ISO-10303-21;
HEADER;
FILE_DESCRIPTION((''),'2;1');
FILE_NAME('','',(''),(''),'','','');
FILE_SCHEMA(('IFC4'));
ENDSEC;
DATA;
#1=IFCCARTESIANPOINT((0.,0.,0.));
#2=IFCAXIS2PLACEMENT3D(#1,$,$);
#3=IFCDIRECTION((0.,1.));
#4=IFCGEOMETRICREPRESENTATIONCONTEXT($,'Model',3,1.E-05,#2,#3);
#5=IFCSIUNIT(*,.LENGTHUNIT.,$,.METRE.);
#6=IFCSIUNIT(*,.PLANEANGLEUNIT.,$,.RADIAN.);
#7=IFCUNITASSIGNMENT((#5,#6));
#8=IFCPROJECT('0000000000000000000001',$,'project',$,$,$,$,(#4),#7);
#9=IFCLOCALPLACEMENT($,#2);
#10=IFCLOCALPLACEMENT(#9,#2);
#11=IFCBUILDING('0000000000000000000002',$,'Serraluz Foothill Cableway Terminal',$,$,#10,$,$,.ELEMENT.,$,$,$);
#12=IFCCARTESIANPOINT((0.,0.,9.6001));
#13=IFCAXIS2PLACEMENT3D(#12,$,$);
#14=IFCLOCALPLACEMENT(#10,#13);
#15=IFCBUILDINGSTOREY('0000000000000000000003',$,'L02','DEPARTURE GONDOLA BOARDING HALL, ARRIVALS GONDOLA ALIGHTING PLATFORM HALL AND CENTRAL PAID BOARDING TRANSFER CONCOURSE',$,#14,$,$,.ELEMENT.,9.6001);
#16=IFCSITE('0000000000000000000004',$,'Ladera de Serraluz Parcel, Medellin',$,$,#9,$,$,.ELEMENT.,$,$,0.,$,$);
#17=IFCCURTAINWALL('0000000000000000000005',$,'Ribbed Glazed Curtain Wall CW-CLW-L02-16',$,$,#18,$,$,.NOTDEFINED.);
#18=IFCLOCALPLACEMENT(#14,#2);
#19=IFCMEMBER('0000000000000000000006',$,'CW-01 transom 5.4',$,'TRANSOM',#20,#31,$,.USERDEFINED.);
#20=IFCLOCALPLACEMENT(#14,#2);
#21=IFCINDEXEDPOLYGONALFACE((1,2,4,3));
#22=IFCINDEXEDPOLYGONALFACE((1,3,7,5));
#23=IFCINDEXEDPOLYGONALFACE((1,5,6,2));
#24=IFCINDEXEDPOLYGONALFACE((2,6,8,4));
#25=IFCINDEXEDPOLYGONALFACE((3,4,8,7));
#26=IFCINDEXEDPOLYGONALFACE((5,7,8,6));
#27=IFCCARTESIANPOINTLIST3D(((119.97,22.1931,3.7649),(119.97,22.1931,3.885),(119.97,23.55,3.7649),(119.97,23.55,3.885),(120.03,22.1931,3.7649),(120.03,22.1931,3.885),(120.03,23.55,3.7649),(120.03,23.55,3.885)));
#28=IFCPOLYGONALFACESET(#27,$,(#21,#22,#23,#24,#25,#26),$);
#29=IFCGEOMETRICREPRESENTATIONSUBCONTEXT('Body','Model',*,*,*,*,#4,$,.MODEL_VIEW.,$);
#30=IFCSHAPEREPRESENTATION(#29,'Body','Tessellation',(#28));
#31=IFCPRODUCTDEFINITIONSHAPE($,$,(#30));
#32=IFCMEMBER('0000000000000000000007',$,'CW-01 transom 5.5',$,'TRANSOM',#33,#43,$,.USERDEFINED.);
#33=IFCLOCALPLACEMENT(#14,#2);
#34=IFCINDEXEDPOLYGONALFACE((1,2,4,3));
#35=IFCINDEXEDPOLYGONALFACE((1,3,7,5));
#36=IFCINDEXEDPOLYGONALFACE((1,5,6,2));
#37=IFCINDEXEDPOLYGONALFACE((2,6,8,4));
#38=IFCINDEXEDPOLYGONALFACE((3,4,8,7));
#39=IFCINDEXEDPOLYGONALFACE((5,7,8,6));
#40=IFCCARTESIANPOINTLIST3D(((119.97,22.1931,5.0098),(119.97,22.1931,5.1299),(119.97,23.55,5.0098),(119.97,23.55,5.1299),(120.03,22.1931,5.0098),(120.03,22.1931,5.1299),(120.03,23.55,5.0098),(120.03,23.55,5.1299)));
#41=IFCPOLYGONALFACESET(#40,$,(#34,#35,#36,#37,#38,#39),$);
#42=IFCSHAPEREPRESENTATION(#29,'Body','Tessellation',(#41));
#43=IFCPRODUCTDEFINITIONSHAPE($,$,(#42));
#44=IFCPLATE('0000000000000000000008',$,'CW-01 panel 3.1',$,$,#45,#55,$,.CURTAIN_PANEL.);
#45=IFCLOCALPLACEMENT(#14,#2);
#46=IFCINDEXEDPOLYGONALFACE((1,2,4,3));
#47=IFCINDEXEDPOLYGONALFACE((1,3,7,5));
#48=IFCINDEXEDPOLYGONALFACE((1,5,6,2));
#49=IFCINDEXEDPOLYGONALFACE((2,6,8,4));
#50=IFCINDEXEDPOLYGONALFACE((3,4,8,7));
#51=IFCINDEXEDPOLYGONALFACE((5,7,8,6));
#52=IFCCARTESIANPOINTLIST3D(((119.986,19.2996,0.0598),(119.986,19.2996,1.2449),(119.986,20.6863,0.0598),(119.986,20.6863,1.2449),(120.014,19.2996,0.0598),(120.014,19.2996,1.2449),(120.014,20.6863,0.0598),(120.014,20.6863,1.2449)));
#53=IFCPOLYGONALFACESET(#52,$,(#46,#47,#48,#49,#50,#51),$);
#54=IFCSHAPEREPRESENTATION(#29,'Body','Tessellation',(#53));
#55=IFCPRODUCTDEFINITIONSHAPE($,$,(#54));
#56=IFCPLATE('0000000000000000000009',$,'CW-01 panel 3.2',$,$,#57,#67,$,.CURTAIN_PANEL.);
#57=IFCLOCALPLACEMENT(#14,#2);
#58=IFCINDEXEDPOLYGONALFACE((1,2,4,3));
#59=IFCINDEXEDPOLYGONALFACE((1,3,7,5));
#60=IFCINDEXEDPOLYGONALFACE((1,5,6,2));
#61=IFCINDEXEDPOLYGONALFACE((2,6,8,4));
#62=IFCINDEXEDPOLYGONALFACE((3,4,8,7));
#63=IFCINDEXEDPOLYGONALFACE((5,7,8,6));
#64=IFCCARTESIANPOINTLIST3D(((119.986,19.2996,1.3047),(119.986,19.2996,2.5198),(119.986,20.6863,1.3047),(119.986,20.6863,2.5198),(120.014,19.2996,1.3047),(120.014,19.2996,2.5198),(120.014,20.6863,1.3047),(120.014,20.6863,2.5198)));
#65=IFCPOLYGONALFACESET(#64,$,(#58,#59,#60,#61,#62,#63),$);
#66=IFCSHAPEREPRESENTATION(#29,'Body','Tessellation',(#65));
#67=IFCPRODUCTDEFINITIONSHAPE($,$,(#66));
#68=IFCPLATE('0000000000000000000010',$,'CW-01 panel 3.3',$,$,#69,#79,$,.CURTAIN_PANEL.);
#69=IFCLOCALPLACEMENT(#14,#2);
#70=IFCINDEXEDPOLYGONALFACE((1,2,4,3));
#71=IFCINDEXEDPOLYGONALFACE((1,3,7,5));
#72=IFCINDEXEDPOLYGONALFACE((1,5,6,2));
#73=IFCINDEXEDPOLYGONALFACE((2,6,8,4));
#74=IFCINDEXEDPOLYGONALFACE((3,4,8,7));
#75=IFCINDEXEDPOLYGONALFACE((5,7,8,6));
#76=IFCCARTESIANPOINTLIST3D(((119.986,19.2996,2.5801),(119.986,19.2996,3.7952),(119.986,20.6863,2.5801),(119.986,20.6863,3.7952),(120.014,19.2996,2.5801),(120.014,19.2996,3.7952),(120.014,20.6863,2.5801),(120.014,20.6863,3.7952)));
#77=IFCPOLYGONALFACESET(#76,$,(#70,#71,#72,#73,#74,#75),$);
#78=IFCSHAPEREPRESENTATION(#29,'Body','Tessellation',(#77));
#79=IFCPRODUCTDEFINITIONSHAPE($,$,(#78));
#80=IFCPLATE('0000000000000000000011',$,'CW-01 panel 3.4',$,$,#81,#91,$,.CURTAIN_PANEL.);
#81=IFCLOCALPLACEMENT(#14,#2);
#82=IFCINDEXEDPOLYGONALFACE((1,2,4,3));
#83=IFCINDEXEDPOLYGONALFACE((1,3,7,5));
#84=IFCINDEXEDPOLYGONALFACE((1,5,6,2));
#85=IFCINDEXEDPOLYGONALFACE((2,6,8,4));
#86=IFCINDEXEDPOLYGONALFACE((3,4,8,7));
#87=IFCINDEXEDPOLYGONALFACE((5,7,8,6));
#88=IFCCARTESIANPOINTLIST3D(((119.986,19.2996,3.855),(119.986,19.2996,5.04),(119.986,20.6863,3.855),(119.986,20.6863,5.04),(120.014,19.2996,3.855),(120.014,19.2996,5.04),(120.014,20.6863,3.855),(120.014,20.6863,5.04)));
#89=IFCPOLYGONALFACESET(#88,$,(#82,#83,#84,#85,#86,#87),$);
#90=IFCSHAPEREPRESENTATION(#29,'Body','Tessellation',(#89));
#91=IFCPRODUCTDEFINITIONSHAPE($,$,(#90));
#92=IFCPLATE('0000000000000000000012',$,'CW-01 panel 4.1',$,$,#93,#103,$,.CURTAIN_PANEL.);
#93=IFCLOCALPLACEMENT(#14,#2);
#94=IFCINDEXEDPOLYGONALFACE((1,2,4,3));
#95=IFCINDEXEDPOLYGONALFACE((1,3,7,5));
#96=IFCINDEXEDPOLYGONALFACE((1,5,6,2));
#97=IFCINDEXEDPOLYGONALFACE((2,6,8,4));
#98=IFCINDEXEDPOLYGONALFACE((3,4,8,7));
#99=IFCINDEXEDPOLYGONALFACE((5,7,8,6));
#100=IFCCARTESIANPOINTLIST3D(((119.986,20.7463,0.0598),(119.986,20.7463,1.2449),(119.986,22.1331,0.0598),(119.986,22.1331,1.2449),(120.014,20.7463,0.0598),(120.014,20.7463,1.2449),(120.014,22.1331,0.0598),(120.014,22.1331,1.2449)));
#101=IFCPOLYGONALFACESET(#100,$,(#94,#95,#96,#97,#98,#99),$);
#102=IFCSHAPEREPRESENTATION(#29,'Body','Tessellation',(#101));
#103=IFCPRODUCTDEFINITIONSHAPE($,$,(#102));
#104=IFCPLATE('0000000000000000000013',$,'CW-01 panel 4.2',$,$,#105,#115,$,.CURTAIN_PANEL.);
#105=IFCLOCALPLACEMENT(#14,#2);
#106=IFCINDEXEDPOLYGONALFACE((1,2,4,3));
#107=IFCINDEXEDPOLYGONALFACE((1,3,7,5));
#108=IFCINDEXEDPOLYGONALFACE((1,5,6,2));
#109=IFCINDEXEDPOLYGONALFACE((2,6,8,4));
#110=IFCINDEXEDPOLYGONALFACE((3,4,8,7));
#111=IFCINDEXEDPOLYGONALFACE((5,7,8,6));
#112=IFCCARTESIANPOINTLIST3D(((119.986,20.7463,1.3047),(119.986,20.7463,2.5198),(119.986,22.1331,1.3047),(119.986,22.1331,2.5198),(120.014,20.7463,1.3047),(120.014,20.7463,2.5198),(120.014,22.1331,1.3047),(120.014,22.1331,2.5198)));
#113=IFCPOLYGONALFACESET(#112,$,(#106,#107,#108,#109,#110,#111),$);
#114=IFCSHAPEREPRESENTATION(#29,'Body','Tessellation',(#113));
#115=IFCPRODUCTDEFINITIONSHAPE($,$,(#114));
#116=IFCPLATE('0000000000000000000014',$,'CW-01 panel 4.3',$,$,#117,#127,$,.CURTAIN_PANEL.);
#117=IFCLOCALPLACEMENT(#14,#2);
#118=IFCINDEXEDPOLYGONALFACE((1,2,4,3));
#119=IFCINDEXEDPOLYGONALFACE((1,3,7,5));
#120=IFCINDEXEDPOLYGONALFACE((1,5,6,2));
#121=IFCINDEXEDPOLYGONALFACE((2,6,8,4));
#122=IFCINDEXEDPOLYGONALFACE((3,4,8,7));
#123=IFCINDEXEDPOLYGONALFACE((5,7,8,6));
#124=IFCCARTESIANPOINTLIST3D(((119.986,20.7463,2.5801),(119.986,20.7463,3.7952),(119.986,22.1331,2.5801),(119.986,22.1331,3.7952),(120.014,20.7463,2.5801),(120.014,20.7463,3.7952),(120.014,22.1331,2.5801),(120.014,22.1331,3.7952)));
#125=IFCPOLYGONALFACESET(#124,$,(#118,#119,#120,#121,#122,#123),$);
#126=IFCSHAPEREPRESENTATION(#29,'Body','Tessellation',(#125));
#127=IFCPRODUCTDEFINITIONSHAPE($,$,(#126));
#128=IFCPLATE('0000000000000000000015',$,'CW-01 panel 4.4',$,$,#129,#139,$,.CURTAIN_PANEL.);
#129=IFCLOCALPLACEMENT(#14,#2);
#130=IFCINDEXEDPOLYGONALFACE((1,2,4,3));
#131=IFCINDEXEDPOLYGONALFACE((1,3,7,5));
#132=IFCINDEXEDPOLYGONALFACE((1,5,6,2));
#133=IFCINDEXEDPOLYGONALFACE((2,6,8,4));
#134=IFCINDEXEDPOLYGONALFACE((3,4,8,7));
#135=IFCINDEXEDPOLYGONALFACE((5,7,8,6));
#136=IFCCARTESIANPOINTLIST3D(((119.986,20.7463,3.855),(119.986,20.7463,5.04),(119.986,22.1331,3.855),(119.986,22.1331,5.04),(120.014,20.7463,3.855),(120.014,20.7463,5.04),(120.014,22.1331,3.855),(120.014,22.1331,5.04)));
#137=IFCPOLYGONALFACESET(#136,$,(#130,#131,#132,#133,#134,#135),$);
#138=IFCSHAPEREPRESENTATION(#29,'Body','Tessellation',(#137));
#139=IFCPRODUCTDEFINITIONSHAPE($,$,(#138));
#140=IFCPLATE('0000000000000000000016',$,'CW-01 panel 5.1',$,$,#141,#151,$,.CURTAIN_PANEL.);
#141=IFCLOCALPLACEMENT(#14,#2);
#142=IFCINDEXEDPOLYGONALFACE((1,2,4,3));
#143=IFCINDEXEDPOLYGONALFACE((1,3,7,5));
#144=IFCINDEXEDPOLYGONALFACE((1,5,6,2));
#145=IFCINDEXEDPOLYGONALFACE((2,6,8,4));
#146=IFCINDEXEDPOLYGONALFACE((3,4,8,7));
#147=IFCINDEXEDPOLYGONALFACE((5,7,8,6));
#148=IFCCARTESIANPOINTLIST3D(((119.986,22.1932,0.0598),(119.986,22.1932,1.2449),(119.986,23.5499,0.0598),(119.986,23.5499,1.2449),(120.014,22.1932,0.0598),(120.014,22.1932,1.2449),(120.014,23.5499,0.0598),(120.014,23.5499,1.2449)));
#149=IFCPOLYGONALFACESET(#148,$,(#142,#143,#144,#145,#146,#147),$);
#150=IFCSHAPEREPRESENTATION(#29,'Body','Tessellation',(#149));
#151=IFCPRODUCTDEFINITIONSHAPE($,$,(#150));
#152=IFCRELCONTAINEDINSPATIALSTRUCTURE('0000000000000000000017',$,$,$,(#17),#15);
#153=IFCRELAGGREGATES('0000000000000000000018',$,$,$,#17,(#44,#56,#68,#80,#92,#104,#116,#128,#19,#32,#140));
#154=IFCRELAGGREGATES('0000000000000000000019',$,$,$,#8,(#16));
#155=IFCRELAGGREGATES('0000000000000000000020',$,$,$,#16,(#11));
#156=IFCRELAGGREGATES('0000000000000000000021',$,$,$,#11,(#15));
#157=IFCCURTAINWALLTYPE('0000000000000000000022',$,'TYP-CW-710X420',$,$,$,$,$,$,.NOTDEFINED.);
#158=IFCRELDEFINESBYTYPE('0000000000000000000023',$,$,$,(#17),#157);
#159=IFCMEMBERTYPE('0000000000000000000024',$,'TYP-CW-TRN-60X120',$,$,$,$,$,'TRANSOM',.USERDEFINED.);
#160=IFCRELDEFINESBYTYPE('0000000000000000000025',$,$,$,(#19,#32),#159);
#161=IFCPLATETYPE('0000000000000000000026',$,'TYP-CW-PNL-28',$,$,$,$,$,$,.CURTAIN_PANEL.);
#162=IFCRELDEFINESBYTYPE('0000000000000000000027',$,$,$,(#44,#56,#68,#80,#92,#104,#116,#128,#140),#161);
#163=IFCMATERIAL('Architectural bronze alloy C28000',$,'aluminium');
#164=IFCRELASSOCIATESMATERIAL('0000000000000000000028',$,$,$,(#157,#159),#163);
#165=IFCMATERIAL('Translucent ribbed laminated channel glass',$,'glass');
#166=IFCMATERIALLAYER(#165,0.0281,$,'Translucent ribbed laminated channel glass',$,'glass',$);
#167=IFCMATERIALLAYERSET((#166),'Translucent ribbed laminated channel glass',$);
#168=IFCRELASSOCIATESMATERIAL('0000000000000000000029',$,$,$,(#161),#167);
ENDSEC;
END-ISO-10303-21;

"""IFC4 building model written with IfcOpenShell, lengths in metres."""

from ifc_helpers import new_model, si_unit, direction, frame, origin, origin_2d, place, context, subcontext, project, spatial, rectangle, extrude, material, layer, layer_set, material_profile, profile_set, type_object, element, aggregate, save


model = new_model("IFC4")

# Units and contexts
model_context = context("Model", 3, precision=1e-05, world=origin(), true_north=direction((0.0, 1.0)))
body_context = subcontext(model_context, "Body", "Model", "MODEL_VIEW")
ifc_project = project(units=[si_unit("LENGTHUNIT", "METRE"), si_unit("PLANEANGLEUNIT", "RADIAN")], contexts=[model_context])

# Site, building, storey
site_placement = place(None, origin())
site = spatial("IfcSite", under=ifc_project, at=site_placement, Name="Ladera de Serraluz Parcel, Medellin", CompositionType="ELEMENT", RefElevation=0.0)
building_placement = place(site_placement, origin())
building = spatial("IfcBuilding", under=site, at=building_placement, Name="Serraluz Foothill Cableway Terminal", CompositionType="ELEMENT")
storey_placement = place(building_placement, frame((0.0, 0.0, 9.6001)))
storey = spatial("IfcBuildingStorey", under=building, at=storey_placement, Name="L02", Description="DEPARTURE GONDOLA BOARDING HALL, ARRIVALS GONDOLA ALIGHTING PLATFORM HALL AND CENTRAL PAID BOARDING TRANSFER CONCOURSE", CompositionType="ELEMENT", Elevation=9.6001)

# Curtain wall, members, plates
ifc_material_1 = material(Name="Architectural bronze alloy C28000", Category="aluminium")
curtain_wall_type = type_object("IfcCurtainWallType", Name="TYP-CW-710X420", PredefinedType="NOTDEFINED", material=ifc_material_1)
curtain_wall_placement = place(storey_placement, origin())
curtain_wall = element("IfcCurtainWall", 1, at=curtain_wall_placement, inside=storey, type_object=curtain_wall_type, Name="Ribbed Glazed Curtain Wall CW-CLW-L02-16", PredefinedType="NOTDEFINED")
ifc_material_profile_1 = material_profile(ifc_material_1, rectangle(XDim=0.0601, YDim=0.1201, at=origin_2d()), Name="ALU TRANSOM 60x120")
ifc_profile_set_1 = profile_set([ifc_material_profile_1], Name="Architectural bronze alloy C28000")
member_type_1 = type_object("IfcMemberType", Name="TYP-CW-TRN-60X120", ElementType="TRANSOM", PredefinedType="USERDEFINED", material=ifc_profile_set_1)
member_1_placement = place(storey_placement, frame((120.0, 22.1931, 3.825), z_axis=(0.0, 1.0, 0.0), x_axis=(-1.0, 0.0, 0.0)))
member_1 = element("IfcMember", 2, at=member_1_placement, type_object=member_type_1, Name="CW-01 transom 5.4", ObjectType="TRANSOM", PredefinedType="USERDEFINED", context=body_context, shape_type="SweptSolid", body=[
    extrude(rectangle(XDim=0.0601, YDim=0.1201, at=origin_2d()), origin(), (0.0, 0.0, 1.0), 1.3569),
])
member_2_placement = place(storey_placement, frame((120.0, 22.1931, 5.0698), z_axis=(0.0, 1.0, 0.0), x_axis=(-1.0, 0.0, 0.0)))
member_2 = element("IfcMember", 3, at=member_2_placement, type_object=member_type_1, Name="CW-01 transom 5.5", ObjectType="TRANSOM", PredefinedType="USERDEFINED", context=body_context, shape_type="SweptSolid", body=[
    extrude(rectangle(XDim=0.0601, YDim=0.1201, at=origin_2d()), origin(), (0.0, 0.0, 1.0), 1.3569),
])
ifc_material_2 = material(Name="Translucent ribbed laminated channel glass", Category="glass")
ifc_layer = layer(ifc_material_2, 0.0281, Name="Translucent ribbed laminated channel glass", Category="glass")
ifc_layer_set = layer_set([ifc_layer], Name="Translucent ribbed laminated channel glass")
plate_type = type_object("IfcPlateType", Name="TYP-CW-PNL-28", PredefinedType="CURTAIN_PANEL", material=ifc_layer_set)
plate_1_placement = place(storey_placement, frame((120.0, 19.9929, 0.0598), z_axis=(0.0, 0.0, 1.0), x_axis=(0.0, 1.0, 0.0)))
plate_1 = element("IfcPlate", 4, at=plate_1_placement, type_object=plate_type, Name="CW-01 panel 3.1", PredefinedType="CURTAIN_PANEL", context=body_context, shape_type="SweptSolid", body=[
    extrude(rectangle(XDim=1.3867, YDim=0.0281, at=origin_2d()), origin(), (0.0, 0.0, 1.0), 1.1851),
])
plate_2_placement = place(storey_placement, frame((120.0, 19.9929, 1.3047), z_axis=(0.0, 0.0, 1.0), x_axis=(0.0, 1.0, 0.0)))
plate_2 = element("IfcPlate", 5, at=plate_2_placement, type_object=plate_type, Name="CW-01 panel 3.2", PredefinedType="CURTAIN_PANEL", context=body_context, shape_type="SweptSolid", body=[
    extrude(rectangle(XDim=1.3867, YDim=0.0281, at=origin_2d()), origin(), (0.0, 0.0, 1.0), 1.2151),
])
plate_3_placement = place(storey_placement, frame((120.0, 19.9929, 2.5801), z_axis=(0.0, 0.0, 1.0), x_axis=(0.0, 1.0, 0.0)))
plate_3 = element("IfcPlate", 6, at=plate_3_placement, type_object=plate_type, Name="CW-01 panel 3.3", PredefinedType="CURTAIN_PANEL", context=body_context, shape_type="SweptSolid", body=[
    extrude(rectangle(XDim=1.3867, YDim=0.0281, at=origin_2d()), origin(), (0.0, 0.0, 1.0), 1.2151),
])
plate_4_placement = place(storey_placement, frame((120.0, 19.9929, 3.855), z_axis=(0.0, 0.0, 1.0), x_axis=(0.0, 1.0, 0.0)))
plate_4 = element("IfcPlate", 7, at=plate_4_placement, type_object=plate_type, Name="CW-01 panel 3.4", PredefinedType="CURTAIN_PANEL", context=body_context, shape_type="SweptSolid", body=[
    extrude(rectangle(XDim=1.3867, YDim=0.0281, at=origin_2d()), origin(), (0.0, 0.0, 1.0), 1.1851),
])
plate_5_placement = place(storey_placement, frame((120.0, 21.4397, 0.0598), z_axis=(0.0, 0.0, 1.0), x_axis=(0.0, 1.0, 0.0)))
plate_5 = element("IfcPlate", 8, at=plate_5_placement, type_object=plate_type, Name="CW-01 panel 4.1", PredefinedType="CURTAIN_PANEL", context=body_context, shape_type="SweptSolid", body=[
    extrude(rectangle(XDim=1.3867, YDim=0.0281, at=origin_2d()), origin(), (0.0, 0.0, 1.0), 1.1851),
])
plate_6_placement = place(storey_placement, frame((120.0, 21.4397, 1.3047), z_axis=(0.0, 0.0, 1.0), x_axis=(0.0, 1.0, 0.0)))
plate_6 = element("IfcPlate", 9, at=plate_6_placement, type_object=plate_type, Name="CW-01 panel 4.2", PredefinedType="CURTAIN_PANEL", context=body_context, shape_type="SweptSolid", body=[
    extrude(rectangle(XDim=1.3867, YDim=0.0281, at=origin_2d()), origin(), (0.0, 0.0, 1.0), 1.2151),
])
plate_7_placement = place(storey_placement, frame((120.0, 21.4397, 2.5801), z_axis=(0.0, 0.0, 1.0), x_axis=(0.0, 1.0, 0.0)))
plate_7 = element("IfcPlate", 10, at=plate_7_placement, type_object=plate_type, Name="CW-01 panel 4.3", PredefinedType="CURTAIN_PANEL", context=body_context, shape_type="SweptSolid", body=[
    extrude(rectangle(XDim=1.3867, YDim=0.0281, at=origin_2d()), origin(), (0.0, 0.0, 1.0), 1.2151),
])
plate_8_placement = place(storey_placement, frame((120.0, 21.4397, 3.855), z_axis=(0.0, 0.0, 1.0), x_axis=(0.0, 1.0, 0.0)))
plate_8 = element("IfcPlate", 11, at=plate_8_placement, type_object=plate_type, Name="CW-01 panel 4.4", PredefinedType="CURTAIN_PANEL", context=body_context, shape_type="SweptSolid", body=[
    extrude(rectangle(XDim=1.3867, YDim=0.0281, at=origin_2d()), origin(), (0.0, 0.0, 1.0), 1.1851),
])
plate_9_placement = place(storey_placement, frame((120.0, 22.8716, 0.0598), z_axis=(0.0, 0.0, 1.0), x_axis=(0.0, 1.0, 0.0)))
plate_9 = element("IfcPlate", 12, at=plate_9_placement, type_object=plate_type, Name="CW-01 panel 5.1", PredefinedType="CURTAIN_PANEL", context=body_context, shape_type="SweptSolid", body=[
    extrude(rectangle(XDim=1.3567, YDim=0.0281, at=origin_2d()), origin(), (0.0, 0.0, 1.0), 1.1851),
])
aggregate(curtain_wall, [plate_1, plate_2, plate_3, plate_4, plate_5, plate_6, plate_7, plate_8, member_1, member_2, plate_9])

save(model, "model.ifc")
